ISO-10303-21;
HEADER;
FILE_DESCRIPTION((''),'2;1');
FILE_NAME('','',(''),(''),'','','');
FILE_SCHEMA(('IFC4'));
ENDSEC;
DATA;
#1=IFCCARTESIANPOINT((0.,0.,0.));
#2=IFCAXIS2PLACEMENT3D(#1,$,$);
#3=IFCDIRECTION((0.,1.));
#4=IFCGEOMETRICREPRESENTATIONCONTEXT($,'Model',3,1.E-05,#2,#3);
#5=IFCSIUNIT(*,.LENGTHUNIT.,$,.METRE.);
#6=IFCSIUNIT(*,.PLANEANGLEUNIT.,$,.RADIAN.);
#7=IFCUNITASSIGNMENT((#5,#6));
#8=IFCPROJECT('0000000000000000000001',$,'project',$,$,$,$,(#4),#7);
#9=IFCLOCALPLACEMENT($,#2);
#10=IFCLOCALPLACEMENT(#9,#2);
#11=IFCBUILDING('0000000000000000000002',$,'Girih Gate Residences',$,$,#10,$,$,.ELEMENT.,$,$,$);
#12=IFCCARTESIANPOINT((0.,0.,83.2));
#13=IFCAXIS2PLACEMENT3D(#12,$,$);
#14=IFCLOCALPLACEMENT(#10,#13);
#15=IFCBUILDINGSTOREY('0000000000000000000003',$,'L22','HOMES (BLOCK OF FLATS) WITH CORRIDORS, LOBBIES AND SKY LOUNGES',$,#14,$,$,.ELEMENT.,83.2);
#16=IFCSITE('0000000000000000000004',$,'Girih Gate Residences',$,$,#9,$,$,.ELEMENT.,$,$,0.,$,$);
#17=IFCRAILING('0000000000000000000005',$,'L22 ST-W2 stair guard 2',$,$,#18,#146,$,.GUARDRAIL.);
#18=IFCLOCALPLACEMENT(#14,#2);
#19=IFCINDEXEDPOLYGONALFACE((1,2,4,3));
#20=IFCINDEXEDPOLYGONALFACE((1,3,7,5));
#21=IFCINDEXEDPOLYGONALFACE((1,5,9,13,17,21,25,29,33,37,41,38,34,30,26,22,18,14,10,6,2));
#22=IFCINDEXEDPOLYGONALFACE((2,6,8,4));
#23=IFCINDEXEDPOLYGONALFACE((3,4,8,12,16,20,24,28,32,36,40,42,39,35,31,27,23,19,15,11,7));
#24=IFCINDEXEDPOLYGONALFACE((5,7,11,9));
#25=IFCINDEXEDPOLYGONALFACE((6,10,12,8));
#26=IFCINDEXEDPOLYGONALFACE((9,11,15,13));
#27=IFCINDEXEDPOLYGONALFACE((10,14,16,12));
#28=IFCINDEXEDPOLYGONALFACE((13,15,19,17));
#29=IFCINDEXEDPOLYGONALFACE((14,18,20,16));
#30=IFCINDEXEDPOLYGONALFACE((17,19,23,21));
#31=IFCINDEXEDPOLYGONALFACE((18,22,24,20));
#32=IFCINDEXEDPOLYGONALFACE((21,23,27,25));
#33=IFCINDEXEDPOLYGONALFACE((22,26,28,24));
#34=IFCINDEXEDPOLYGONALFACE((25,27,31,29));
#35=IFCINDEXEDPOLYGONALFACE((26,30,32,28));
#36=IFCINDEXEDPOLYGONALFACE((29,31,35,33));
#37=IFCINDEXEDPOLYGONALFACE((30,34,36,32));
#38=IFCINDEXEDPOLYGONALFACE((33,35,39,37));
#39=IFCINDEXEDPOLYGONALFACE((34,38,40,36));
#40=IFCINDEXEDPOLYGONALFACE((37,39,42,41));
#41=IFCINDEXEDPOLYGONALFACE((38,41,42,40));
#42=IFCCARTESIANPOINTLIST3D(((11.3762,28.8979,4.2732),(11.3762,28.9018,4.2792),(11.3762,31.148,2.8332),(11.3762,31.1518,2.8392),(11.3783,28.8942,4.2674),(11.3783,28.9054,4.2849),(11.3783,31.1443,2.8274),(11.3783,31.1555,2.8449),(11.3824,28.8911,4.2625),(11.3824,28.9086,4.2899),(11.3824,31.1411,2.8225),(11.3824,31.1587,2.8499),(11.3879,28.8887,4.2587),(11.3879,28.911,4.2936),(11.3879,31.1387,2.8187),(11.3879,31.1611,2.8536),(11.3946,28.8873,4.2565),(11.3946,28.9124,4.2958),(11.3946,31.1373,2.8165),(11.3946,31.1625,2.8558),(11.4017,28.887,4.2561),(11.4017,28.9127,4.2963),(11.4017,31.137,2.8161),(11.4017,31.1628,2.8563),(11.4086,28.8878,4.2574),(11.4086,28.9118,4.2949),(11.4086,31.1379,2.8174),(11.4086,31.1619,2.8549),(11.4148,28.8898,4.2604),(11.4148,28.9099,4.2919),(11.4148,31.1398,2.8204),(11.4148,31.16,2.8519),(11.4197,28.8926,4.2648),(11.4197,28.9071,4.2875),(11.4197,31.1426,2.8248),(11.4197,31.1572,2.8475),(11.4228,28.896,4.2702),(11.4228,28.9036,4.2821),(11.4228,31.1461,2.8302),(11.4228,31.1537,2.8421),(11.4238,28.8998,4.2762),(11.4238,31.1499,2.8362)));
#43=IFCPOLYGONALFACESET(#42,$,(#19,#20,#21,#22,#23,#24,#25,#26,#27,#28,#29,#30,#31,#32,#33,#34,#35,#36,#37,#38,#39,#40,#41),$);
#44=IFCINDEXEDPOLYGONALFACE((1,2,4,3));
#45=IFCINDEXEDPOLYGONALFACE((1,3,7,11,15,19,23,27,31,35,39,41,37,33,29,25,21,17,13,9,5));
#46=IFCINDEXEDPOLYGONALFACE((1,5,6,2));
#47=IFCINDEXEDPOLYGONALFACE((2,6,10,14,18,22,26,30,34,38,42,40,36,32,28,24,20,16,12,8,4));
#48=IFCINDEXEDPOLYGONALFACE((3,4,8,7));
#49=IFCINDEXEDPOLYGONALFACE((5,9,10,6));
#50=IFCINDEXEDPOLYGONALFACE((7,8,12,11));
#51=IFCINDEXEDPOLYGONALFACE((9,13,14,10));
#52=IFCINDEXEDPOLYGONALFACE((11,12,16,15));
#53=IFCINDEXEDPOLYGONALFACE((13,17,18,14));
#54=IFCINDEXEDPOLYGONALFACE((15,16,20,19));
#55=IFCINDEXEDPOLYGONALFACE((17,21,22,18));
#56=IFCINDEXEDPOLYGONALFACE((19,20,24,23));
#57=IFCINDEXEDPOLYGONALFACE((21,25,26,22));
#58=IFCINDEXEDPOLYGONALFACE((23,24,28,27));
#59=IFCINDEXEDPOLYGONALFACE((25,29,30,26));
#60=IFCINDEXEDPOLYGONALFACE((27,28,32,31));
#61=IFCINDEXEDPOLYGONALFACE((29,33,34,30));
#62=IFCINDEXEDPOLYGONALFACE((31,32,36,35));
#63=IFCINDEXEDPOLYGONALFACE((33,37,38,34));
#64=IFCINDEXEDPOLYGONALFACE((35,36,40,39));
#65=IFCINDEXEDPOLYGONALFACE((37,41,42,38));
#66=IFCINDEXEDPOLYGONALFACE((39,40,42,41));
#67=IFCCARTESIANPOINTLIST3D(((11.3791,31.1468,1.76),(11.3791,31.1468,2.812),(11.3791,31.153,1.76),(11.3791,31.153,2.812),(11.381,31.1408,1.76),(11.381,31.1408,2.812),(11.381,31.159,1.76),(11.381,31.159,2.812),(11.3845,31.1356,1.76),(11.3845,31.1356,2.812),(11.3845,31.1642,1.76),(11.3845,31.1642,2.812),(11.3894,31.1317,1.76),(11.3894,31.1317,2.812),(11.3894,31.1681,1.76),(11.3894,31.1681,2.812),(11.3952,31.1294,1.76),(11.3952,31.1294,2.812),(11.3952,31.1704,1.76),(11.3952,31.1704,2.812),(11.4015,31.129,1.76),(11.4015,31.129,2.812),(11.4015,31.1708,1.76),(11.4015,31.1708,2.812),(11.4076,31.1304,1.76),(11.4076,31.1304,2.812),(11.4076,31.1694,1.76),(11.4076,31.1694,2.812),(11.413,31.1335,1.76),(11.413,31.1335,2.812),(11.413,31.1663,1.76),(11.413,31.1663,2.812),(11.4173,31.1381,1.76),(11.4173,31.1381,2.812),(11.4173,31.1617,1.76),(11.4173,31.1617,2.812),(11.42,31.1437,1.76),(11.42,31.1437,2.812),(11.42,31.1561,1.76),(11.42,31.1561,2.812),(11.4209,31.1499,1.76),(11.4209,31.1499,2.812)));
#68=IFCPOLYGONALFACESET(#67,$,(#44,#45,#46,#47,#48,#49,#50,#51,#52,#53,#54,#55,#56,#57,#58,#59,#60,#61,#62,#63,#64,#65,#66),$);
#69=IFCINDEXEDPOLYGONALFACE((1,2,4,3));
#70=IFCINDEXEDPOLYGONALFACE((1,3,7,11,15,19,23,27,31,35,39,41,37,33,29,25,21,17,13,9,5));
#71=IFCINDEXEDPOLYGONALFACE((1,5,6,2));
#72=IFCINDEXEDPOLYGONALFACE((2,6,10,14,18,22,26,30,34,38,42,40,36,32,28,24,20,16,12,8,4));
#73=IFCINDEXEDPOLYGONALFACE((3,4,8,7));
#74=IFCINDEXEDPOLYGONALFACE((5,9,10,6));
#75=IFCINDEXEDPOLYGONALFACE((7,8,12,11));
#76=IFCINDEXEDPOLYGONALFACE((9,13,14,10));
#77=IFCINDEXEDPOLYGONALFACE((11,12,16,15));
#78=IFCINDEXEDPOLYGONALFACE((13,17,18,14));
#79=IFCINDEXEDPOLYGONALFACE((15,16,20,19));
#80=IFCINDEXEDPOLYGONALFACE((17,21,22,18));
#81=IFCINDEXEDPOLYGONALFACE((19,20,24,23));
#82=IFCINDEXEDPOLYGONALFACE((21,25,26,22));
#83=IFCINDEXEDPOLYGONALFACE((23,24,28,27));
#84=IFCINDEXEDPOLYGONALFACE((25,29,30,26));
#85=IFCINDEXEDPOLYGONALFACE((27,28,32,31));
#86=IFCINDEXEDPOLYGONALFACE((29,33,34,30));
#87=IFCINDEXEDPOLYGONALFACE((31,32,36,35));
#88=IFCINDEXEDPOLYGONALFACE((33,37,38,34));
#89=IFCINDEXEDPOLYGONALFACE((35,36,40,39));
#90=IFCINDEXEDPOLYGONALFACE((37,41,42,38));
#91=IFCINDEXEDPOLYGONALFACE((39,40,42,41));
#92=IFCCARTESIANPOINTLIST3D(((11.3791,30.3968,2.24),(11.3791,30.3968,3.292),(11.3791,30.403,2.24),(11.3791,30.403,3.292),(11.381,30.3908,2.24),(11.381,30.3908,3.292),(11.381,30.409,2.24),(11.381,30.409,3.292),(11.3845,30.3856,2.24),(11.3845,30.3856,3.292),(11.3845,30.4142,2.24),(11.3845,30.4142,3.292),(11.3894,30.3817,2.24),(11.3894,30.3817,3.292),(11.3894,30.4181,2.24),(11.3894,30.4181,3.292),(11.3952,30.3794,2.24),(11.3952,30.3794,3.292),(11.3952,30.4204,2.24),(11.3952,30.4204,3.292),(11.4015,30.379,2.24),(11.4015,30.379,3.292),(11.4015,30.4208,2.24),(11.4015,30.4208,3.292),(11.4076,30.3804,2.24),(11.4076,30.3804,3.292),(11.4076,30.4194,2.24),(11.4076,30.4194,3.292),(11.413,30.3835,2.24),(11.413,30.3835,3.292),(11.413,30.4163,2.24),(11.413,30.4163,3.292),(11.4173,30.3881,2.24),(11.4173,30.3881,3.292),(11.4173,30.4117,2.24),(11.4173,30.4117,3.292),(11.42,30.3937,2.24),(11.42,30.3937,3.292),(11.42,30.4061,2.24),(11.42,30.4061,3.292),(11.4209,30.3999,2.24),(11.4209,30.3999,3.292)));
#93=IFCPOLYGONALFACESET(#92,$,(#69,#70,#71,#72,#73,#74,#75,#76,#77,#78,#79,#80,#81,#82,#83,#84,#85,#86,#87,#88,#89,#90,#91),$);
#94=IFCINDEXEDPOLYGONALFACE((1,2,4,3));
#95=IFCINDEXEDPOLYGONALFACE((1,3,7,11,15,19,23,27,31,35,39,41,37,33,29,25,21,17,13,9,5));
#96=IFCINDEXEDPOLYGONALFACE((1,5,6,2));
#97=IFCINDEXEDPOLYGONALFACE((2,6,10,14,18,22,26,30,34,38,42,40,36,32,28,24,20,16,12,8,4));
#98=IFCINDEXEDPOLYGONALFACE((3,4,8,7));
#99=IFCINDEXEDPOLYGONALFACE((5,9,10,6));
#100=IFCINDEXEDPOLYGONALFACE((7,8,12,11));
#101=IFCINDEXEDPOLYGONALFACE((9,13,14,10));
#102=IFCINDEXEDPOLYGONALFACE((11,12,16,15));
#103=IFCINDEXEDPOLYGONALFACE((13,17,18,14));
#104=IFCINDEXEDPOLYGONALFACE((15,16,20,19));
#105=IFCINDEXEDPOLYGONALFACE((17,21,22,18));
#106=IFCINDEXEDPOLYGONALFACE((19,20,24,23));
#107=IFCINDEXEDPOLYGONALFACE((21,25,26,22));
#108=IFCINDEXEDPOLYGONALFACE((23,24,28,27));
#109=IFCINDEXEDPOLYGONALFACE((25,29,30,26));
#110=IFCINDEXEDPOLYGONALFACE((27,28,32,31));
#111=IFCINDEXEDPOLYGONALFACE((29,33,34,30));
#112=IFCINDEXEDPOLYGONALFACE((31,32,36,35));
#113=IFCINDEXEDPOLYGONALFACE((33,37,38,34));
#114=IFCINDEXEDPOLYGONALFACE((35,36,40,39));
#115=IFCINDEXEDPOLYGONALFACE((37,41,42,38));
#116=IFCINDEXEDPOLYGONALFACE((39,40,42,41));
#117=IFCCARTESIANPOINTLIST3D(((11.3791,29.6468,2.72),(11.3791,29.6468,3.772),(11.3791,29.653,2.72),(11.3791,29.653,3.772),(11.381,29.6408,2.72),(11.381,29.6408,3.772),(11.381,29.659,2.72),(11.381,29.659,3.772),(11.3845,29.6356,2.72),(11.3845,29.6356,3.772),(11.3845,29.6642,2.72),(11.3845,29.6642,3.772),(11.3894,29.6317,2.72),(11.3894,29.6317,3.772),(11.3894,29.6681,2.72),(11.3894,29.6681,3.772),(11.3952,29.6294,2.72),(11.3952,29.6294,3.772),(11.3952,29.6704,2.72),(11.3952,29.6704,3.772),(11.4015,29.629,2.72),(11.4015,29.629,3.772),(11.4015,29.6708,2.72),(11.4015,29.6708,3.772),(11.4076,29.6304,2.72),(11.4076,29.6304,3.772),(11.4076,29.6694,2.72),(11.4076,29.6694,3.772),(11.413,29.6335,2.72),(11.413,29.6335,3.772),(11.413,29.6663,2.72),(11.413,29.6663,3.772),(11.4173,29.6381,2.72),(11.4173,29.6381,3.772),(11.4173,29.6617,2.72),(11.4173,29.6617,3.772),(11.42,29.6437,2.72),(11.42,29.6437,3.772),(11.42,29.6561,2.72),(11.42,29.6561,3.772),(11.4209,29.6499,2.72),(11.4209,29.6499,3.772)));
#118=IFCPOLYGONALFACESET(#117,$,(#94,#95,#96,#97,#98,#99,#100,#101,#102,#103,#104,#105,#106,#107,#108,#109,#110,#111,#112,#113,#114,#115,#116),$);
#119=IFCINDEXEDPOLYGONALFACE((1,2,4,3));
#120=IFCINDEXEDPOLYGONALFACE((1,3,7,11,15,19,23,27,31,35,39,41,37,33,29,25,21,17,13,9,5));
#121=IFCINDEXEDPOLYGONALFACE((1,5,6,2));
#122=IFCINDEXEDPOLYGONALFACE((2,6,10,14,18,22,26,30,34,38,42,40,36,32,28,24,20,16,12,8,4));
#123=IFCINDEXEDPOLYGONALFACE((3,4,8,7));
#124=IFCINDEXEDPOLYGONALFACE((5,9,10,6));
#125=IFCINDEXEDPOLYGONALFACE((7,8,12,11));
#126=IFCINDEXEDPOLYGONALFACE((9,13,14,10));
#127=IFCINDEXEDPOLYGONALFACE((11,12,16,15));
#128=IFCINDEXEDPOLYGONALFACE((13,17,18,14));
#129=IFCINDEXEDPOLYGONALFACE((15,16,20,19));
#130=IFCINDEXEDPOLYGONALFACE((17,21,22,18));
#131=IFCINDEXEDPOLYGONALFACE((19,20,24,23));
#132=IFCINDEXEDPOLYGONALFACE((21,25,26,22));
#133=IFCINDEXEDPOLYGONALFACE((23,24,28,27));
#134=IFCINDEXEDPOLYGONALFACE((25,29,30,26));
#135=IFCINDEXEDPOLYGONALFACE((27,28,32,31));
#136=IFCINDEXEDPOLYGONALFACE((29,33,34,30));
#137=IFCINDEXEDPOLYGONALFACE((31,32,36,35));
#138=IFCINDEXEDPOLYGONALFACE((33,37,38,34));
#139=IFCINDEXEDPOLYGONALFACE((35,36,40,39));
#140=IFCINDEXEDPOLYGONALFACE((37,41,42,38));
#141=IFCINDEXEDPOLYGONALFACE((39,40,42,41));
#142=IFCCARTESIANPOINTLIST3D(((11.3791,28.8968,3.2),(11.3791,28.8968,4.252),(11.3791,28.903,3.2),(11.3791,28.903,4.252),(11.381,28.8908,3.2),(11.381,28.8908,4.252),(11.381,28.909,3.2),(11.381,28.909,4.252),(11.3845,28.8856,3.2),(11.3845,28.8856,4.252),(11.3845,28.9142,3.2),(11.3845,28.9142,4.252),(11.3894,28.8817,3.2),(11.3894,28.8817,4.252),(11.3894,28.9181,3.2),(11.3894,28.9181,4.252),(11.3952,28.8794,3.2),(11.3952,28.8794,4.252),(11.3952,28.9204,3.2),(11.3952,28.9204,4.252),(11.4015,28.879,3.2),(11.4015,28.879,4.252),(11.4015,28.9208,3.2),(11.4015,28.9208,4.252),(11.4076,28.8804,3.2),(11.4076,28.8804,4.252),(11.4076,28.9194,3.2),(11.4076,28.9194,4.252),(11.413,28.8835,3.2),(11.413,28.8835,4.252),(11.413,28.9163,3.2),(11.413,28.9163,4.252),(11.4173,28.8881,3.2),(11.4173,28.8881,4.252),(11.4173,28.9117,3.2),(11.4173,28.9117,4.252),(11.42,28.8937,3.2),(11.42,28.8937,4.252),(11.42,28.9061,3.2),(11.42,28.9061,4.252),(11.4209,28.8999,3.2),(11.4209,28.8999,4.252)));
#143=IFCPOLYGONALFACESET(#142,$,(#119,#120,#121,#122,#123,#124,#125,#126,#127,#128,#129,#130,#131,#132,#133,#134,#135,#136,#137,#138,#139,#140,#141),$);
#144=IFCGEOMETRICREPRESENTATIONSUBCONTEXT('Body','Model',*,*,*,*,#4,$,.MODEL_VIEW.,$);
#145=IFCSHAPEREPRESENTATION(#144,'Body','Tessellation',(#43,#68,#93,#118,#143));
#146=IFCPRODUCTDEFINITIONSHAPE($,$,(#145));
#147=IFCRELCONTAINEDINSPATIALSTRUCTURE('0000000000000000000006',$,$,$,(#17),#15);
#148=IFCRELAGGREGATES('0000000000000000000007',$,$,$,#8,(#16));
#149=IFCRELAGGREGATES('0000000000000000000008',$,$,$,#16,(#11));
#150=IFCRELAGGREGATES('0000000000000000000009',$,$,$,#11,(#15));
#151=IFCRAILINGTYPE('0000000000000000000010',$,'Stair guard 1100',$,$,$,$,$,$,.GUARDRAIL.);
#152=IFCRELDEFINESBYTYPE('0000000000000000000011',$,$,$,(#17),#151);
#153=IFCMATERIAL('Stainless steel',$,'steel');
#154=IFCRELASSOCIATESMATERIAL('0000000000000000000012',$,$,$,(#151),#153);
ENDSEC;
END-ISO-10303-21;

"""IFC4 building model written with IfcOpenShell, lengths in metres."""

from ifc_helpers import new_model, si_unit, direction, frame, origin, origin_2d, place, context, subcontext, project, spatial, circle, extrude, material, type_object, element, save


model = new_model("IFC4")

# Units and contexts
model_context = context("Model", 3, precision=1e-05, world=origin(), true_north=direction((0.0, 1.0)))
body_context = subcontext(model_context, "Body", "Model", "MODEL_VIEW")
ifc_project = project(units=[si_unit("LENGTHUNIT", "METRE"), si_unit("PLANEANGLEUNIT", "RADIAN")], contexts=[model_context])

# Site, building, storey
site_placement = place(None, origin())
site = spatial("IfcSite", under=ifc_project, at=site_placement, Name="Girih Gate Residences", CompositionType="ELEMENT", RefElevation=0.0)
building_placement = place(site_placement, origin())
building = spatial("IfcBuilding", under=site, at=building_placement, Name="Girih Gate Residences", CompositionType="ELEMENT")
storey_placement = place(building_placement, frame((0.0, 0.0, 83.2)))
storey = spatial("IfcBuildingStorey", under=building, at=storey_placement, Name="L22", Description="HOMES (BLOCK OF FLATS) WITH CORRIDORS, LOBBIES AND SKY LOUNGES", CompositionType="ELEMENT", Elevation=83.2)

# Railing
ifc_material_1 = material(Name="Stainless steel", Category="steel")
railing_type_1 = type_object("IfcRailingType", Name="Stair guard 1100", PredefinedType="GUARDRAIL", material=ifc_material_1)
railing_1_placement = place(storey_placement, frame((11.3999, 31.1499, 1.76)))
element("IfcRailing", 1, at=railing_1_placement, inside=storey, type_object=railing_type_1, Name="L22 ST-W2 stair guard 2", PredefinedType="GUARDRAIL", context=body_context, shape_type="SweptSolid", body=[
    extrude(circle(Radius=0.0239, at=origin_2d()), frame((0.0, 0.0, 1.0762), z_axis=(0.0, -0.842281, 0.539038), x_axis=(1.0, 0.0, 0.0)), (0.0, 0.0, 1.0), 2.6714),
    extrude(circle(Radius=0.021, at=origin_2d()), origin(), (0.0, 0.0, 1.0), 1.052),
    extrude(circle(Radius=0.021, at=origin_2d()), frame((0.0, -0.75, 0.48)), (0.0, 0.0, 1.0), 1.052),
    extrude(circle(Radius=0.021, at=origin_2d()), frame((0.0, -1.5, 0.96)), (0.0, 0.0, 1.0), 1.052),
    extrude(circle(Radius=0.021, at=origin_2d()), frame((0.0, -2.25, 1.4399)), (0.0, 0.0, 1.0), 1.052),
])

save(model, "model.ifc")
